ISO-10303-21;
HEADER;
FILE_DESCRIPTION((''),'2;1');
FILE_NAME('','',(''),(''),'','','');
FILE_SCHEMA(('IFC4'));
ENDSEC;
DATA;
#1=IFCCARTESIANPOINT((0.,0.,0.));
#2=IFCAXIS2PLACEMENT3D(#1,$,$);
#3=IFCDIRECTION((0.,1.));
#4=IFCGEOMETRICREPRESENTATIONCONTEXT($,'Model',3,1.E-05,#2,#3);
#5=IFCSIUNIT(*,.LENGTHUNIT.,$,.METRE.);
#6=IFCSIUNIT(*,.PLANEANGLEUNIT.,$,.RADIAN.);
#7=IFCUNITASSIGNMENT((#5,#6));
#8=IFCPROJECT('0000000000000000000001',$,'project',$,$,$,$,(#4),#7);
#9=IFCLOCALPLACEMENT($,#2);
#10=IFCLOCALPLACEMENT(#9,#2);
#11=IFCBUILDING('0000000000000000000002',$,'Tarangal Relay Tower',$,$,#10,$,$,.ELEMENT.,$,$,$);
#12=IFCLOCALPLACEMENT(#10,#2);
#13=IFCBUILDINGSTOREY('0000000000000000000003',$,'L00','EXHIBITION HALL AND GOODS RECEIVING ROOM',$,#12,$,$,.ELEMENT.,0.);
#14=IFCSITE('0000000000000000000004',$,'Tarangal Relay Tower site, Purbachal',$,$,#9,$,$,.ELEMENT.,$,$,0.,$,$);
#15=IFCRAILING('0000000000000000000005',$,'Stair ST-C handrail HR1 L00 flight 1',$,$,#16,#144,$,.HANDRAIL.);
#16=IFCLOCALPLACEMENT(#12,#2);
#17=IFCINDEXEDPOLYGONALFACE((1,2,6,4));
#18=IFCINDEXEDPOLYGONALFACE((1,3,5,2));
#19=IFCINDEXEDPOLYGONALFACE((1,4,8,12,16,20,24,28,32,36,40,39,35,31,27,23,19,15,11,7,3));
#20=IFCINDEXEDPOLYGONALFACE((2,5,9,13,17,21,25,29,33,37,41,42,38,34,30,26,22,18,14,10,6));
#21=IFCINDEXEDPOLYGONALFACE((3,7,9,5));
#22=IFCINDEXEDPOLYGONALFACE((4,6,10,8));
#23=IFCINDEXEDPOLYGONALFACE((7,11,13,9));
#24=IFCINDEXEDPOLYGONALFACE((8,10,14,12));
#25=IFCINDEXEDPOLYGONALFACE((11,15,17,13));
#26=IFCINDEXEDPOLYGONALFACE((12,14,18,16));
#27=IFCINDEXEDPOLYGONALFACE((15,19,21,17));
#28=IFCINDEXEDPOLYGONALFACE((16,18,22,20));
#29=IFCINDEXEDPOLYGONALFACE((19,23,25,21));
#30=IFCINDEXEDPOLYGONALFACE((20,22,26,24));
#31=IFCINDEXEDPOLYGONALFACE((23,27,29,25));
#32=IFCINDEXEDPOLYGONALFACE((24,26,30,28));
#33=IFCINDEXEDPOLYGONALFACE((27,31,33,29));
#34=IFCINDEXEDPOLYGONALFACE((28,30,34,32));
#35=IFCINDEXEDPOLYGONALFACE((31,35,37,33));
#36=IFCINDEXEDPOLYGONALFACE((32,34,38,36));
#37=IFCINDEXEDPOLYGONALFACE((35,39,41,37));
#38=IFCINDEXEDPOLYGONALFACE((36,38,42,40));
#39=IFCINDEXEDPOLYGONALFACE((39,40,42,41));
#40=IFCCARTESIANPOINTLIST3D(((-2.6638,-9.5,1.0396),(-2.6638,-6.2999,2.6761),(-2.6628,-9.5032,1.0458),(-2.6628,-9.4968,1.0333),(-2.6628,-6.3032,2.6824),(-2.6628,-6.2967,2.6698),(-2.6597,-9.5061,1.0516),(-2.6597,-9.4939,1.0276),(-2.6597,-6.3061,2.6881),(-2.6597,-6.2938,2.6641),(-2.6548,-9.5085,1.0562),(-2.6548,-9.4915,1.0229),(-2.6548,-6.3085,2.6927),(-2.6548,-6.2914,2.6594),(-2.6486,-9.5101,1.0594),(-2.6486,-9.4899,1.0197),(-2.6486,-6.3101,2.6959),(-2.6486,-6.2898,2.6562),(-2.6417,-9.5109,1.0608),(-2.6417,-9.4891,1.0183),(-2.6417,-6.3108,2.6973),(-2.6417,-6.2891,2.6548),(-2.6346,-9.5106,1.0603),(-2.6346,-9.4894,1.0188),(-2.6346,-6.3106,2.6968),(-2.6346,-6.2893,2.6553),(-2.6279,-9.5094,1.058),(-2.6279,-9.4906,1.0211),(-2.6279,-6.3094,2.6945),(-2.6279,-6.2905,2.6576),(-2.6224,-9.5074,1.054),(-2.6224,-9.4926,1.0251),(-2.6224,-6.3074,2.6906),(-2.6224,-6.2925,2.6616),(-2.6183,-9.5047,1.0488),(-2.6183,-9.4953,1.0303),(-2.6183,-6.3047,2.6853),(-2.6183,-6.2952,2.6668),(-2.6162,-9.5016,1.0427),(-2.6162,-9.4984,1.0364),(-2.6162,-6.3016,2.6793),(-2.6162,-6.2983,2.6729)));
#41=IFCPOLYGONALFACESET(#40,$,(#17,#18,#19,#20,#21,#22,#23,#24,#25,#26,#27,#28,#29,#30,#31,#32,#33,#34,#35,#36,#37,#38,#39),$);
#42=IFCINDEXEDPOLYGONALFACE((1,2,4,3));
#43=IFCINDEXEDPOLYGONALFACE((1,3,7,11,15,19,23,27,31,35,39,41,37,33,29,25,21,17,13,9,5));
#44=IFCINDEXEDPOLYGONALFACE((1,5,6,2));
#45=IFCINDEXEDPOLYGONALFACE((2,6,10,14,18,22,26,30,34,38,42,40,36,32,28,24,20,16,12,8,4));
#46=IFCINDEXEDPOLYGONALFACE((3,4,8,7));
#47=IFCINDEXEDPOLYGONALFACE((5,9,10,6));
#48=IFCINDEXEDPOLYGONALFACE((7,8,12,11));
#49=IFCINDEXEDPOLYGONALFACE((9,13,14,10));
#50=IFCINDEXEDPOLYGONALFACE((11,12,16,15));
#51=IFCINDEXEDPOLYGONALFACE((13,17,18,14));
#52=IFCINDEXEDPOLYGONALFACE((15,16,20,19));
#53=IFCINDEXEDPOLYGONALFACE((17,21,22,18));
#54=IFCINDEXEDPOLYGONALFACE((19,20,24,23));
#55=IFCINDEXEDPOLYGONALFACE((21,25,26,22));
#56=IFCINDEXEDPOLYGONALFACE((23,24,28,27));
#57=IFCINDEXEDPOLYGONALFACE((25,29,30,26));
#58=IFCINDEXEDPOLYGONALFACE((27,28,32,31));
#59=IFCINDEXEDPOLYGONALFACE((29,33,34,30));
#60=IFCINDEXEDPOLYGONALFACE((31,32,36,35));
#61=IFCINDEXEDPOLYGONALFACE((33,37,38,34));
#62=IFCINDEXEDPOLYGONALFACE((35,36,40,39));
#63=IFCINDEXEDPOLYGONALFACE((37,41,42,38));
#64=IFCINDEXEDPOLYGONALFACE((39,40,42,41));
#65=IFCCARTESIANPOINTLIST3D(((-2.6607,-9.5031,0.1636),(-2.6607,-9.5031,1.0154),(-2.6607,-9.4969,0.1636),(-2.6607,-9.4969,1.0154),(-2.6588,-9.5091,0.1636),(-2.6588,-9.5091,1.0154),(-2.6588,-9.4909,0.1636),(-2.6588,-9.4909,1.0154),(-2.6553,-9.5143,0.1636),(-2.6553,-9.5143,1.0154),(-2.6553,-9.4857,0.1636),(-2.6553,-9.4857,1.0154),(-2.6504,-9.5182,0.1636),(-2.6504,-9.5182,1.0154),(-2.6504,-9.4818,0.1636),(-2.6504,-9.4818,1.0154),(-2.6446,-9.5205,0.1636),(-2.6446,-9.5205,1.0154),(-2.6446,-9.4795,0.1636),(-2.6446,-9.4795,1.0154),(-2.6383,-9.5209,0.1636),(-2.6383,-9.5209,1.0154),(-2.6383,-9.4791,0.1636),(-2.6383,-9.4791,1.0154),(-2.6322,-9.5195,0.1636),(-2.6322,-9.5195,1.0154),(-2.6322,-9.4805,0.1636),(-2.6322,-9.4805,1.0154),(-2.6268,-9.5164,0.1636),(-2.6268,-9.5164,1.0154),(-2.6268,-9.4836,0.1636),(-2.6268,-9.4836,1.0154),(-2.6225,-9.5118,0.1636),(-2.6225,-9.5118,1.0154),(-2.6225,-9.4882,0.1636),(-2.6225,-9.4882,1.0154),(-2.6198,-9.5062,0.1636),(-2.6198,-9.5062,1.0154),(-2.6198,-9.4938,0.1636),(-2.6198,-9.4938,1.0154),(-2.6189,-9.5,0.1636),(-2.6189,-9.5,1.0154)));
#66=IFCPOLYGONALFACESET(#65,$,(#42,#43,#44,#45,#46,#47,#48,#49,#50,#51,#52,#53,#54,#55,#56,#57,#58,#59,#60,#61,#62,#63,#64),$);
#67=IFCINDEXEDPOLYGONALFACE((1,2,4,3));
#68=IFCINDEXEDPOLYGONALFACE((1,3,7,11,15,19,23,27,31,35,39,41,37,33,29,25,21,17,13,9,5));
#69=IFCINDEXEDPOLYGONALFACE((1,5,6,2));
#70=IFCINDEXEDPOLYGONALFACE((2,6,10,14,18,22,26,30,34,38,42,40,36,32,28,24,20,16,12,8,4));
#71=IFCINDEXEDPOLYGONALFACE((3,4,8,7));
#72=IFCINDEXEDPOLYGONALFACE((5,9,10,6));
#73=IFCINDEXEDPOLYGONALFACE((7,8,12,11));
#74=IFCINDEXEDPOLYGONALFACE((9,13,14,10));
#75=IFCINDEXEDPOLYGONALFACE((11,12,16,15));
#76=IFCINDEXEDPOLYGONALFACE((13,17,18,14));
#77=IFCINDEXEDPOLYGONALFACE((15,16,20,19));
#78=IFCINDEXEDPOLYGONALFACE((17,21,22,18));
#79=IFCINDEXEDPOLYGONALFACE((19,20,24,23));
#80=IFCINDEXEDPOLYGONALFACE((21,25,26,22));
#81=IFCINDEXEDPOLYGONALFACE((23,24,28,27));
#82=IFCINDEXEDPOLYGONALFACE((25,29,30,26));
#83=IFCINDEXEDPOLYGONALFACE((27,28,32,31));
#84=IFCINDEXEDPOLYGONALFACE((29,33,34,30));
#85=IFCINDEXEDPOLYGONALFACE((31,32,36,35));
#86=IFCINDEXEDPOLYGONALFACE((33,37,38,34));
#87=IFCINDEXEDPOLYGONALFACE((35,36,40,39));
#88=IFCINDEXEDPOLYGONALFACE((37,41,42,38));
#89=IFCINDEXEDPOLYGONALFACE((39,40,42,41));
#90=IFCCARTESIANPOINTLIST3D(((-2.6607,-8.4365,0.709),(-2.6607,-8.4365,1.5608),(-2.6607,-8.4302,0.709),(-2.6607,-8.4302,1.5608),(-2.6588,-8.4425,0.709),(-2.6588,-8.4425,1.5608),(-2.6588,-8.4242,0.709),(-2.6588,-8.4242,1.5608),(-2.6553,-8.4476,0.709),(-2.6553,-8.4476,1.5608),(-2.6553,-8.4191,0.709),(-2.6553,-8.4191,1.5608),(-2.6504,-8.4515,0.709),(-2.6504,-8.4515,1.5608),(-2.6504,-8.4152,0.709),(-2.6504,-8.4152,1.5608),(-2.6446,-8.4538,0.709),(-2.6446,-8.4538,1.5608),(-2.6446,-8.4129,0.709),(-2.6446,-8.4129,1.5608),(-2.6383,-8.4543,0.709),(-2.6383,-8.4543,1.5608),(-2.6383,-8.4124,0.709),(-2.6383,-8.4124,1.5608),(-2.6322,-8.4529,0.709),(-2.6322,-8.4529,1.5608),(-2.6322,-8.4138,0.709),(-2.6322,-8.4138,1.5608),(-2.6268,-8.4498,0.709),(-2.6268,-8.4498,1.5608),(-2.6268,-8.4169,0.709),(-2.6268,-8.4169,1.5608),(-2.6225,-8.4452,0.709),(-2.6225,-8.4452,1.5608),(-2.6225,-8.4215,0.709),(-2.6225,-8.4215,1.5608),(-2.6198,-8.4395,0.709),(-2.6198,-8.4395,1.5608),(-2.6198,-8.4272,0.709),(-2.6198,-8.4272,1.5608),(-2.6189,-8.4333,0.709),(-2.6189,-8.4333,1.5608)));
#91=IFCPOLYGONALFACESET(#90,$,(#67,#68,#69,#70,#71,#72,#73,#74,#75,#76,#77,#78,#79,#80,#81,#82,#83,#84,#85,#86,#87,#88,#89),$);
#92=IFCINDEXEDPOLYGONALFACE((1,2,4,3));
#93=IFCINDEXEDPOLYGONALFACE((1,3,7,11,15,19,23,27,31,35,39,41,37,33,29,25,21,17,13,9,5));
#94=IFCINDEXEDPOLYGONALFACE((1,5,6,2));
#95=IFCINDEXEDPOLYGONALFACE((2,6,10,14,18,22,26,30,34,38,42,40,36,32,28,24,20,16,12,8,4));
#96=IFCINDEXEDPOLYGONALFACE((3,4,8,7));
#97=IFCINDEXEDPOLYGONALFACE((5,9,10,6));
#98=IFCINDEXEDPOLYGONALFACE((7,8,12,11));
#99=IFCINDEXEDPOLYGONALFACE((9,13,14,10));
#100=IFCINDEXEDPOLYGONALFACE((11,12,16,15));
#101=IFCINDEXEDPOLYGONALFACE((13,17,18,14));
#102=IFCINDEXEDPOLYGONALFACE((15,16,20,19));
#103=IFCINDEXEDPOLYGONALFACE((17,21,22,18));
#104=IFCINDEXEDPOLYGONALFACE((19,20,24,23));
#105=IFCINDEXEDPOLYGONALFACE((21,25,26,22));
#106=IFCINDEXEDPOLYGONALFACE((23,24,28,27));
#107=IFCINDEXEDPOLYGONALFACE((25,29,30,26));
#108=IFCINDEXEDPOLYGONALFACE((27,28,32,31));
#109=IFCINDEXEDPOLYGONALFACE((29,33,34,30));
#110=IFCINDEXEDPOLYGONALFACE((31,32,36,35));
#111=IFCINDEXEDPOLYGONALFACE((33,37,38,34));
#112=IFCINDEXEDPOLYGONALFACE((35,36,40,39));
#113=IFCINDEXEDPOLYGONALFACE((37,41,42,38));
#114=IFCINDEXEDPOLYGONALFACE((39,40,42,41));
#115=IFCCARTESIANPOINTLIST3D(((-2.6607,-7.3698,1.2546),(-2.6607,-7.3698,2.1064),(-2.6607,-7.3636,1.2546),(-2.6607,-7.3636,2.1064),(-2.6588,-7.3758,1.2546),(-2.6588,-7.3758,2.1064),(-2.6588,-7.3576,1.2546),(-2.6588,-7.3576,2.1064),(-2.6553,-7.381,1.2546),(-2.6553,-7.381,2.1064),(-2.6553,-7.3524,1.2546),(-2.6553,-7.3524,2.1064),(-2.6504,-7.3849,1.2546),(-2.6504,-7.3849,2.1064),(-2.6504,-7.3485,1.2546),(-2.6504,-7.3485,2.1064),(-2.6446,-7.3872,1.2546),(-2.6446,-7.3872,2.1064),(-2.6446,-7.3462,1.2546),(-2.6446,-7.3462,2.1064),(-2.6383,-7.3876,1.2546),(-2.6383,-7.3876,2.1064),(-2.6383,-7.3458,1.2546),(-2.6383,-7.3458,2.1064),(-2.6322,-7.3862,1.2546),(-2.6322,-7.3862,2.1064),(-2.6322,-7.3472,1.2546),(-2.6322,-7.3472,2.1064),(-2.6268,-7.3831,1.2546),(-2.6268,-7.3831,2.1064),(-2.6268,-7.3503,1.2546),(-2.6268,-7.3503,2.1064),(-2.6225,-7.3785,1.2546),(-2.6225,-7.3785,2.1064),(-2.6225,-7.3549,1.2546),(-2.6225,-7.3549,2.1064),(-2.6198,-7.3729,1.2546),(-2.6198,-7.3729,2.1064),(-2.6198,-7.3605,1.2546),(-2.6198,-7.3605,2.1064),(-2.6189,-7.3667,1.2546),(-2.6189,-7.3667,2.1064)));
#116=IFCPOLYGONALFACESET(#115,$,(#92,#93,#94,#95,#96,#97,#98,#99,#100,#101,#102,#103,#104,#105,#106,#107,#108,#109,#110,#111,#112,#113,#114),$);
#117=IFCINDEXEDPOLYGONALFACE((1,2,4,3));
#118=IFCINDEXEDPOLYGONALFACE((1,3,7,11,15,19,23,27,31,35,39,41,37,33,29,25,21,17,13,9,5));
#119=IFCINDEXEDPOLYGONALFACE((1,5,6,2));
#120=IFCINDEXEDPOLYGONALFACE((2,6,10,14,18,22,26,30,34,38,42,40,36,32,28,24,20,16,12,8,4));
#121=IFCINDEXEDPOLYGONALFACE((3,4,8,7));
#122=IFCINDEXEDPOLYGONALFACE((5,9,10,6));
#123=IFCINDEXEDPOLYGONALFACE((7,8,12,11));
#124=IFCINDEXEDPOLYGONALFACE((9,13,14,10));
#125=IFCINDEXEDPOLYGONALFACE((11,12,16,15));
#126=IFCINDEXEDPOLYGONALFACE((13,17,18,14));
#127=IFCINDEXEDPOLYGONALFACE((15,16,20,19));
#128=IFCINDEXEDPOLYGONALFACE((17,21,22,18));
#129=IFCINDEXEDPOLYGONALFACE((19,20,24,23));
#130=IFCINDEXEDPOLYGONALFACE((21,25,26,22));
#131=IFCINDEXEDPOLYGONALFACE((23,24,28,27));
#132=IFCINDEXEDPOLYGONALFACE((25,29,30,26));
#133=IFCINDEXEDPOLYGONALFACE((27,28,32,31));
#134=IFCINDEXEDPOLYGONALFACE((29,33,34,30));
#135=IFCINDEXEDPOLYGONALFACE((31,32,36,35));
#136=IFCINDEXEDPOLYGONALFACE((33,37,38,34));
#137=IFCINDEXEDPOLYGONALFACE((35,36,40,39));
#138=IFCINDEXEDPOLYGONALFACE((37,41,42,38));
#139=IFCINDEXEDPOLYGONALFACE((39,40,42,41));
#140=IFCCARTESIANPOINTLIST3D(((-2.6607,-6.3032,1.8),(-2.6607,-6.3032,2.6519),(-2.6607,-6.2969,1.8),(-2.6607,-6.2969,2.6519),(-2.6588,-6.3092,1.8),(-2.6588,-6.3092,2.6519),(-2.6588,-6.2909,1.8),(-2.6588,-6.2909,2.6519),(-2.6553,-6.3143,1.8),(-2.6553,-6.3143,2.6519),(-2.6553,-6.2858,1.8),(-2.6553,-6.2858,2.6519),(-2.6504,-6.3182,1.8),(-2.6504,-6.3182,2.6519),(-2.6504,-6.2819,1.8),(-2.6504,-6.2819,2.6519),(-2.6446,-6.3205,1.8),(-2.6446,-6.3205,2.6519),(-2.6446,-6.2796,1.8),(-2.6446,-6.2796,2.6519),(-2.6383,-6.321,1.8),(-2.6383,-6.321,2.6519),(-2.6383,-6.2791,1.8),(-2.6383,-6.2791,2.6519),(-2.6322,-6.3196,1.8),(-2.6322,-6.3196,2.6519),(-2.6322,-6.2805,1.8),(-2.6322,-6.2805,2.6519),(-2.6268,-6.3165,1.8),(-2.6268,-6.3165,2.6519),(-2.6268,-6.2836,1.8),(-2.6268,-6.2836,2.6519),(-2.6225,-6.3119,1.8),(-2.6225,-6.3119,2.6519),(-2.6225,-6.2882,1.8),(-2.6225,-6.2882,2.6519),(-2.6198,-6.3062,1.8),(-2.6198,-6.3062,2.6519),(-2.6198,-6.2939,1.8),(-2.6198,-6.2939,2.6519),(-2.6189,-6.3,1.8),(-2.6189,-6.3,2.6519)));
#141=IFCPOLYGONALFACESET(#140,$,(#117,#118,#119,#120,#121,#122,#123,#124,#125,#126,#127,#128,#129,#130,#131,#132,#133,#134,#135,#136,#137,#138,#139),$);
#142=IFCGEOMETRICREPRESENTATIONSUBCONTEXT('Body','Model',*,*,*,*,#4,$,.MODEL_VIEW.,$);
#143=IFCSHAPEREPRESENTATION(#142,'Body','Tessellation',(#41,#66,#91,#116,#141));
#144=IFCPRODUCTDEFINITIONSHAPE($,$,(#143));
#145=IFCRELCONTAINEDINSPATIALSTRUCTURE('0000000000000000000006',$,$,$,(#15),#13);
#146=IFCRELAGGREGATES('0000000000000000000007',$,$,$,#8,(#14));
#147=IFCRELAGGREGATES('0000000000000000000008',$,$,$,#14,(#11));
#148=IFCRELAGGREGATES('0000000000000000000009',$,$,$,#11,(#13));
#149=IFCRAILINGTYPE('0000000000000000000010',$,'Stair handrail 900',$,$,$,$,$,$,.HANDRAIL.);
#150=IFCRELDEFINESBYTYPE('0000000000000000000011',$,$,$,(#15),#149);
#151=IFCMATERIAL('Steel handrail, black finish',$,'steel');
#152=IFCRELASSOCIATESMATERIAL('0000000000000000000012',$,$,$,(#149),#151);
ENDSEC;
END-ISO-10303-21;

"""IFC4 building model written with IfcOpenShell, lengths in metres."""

from ifc_helpers import new_model, si_unit, direction, frame, origin, origin_2d, place, context, subcontext, project, spatial, circle, extrude, material, type_object, element, save


model = new_model("IFC4")

# Units and contexts
model_context = context("Model", 3, precision=1e-05, world=origin(), true_north=direction((0.0, 1.0)))
body_context = subcontext(model_context, "Body", "Model", "MODEL_VIEW")
ifc_project = project(units=[si_unit("LENGTHUNIT", "METRE"), si_unit("PLANEANGLEUNIT", "RADIAN")], contexts=[model_context])

# Site, building, storey
site_placement = place(None, origin())
site = spatial("IfcSite", under=ifc_project, at=site_placement, Name="Tarangal Relay Tower site, Purbachal", CompositionType="ELEMENT", RefElevation=0.0)
building_placement = place(site_placement, origin())
building = spatial("IfcBuilding", under=site, at=building_placement, Name="Tarangal Relay Tower", CompositionType="ELEMENT")
storey_placement = place(building_placement, origin())
storey = spatial("IfcBuildingStorey", under=building, at=storey_placement, Name="L00", Description="EXHIBITION HALL AND GOODS RECEIVING ROOM", CompositionType="ELEMENT", Elevation=0.0)

# Railing
ifc_material_1 = material(Name="Steel handrail, black finish", Category="steel")
railing_type_1 = type_object("IfcRailingType", Name="Stair handrail 900", PredefinedType="HANDRAIL", material=ifc_material_1)
railing_1_placement = place(storey_placement, frame((-2.6399, -9.5, 0.1636)))
element("IfcRailing", 1, at=railing_1_placement, inside=storey, type_object=railing_type_1, Name="Stair ST-C handrail HR1 L00 flight 1", PredefinedType="HANDRAIL", context=body_context, shape_type="SweptSolid", body=[
    extrude(circle(Radius=0.0239, at=origin_2d()), frame((0.0, 0.0, 0.876), z_axis=(0.0, 0.890328, 0.455319), x_axis=(-1.0, 0.0, 0.0)), (0.0, 0.0, 1.0), 3.5942),
    extrude(circle(Radius=0.021, at=origin_2d()), origin(), (0.0, 0.0, 1.0), 0.8518),
    extrude(circle(Radius=0.021, at=origin_2d()), frame((0.0, 1.0667, 0.5454)), (0.0, 0.0, 1.0), 0.8518),
    extrude(circle(Radius=0.021, at=origin_2d()), frame((0.0, 2.1333, 1.0911)), (0.0, 0.0, 1.0), 0.8518),
    extrude(circle(Radius=0.021, at=origin_2d()), frame((0.0, 3.2, 1.6365)), (0.0, 0.0, 1.0), 0.8518),
])

save(model, "model.ifc")
